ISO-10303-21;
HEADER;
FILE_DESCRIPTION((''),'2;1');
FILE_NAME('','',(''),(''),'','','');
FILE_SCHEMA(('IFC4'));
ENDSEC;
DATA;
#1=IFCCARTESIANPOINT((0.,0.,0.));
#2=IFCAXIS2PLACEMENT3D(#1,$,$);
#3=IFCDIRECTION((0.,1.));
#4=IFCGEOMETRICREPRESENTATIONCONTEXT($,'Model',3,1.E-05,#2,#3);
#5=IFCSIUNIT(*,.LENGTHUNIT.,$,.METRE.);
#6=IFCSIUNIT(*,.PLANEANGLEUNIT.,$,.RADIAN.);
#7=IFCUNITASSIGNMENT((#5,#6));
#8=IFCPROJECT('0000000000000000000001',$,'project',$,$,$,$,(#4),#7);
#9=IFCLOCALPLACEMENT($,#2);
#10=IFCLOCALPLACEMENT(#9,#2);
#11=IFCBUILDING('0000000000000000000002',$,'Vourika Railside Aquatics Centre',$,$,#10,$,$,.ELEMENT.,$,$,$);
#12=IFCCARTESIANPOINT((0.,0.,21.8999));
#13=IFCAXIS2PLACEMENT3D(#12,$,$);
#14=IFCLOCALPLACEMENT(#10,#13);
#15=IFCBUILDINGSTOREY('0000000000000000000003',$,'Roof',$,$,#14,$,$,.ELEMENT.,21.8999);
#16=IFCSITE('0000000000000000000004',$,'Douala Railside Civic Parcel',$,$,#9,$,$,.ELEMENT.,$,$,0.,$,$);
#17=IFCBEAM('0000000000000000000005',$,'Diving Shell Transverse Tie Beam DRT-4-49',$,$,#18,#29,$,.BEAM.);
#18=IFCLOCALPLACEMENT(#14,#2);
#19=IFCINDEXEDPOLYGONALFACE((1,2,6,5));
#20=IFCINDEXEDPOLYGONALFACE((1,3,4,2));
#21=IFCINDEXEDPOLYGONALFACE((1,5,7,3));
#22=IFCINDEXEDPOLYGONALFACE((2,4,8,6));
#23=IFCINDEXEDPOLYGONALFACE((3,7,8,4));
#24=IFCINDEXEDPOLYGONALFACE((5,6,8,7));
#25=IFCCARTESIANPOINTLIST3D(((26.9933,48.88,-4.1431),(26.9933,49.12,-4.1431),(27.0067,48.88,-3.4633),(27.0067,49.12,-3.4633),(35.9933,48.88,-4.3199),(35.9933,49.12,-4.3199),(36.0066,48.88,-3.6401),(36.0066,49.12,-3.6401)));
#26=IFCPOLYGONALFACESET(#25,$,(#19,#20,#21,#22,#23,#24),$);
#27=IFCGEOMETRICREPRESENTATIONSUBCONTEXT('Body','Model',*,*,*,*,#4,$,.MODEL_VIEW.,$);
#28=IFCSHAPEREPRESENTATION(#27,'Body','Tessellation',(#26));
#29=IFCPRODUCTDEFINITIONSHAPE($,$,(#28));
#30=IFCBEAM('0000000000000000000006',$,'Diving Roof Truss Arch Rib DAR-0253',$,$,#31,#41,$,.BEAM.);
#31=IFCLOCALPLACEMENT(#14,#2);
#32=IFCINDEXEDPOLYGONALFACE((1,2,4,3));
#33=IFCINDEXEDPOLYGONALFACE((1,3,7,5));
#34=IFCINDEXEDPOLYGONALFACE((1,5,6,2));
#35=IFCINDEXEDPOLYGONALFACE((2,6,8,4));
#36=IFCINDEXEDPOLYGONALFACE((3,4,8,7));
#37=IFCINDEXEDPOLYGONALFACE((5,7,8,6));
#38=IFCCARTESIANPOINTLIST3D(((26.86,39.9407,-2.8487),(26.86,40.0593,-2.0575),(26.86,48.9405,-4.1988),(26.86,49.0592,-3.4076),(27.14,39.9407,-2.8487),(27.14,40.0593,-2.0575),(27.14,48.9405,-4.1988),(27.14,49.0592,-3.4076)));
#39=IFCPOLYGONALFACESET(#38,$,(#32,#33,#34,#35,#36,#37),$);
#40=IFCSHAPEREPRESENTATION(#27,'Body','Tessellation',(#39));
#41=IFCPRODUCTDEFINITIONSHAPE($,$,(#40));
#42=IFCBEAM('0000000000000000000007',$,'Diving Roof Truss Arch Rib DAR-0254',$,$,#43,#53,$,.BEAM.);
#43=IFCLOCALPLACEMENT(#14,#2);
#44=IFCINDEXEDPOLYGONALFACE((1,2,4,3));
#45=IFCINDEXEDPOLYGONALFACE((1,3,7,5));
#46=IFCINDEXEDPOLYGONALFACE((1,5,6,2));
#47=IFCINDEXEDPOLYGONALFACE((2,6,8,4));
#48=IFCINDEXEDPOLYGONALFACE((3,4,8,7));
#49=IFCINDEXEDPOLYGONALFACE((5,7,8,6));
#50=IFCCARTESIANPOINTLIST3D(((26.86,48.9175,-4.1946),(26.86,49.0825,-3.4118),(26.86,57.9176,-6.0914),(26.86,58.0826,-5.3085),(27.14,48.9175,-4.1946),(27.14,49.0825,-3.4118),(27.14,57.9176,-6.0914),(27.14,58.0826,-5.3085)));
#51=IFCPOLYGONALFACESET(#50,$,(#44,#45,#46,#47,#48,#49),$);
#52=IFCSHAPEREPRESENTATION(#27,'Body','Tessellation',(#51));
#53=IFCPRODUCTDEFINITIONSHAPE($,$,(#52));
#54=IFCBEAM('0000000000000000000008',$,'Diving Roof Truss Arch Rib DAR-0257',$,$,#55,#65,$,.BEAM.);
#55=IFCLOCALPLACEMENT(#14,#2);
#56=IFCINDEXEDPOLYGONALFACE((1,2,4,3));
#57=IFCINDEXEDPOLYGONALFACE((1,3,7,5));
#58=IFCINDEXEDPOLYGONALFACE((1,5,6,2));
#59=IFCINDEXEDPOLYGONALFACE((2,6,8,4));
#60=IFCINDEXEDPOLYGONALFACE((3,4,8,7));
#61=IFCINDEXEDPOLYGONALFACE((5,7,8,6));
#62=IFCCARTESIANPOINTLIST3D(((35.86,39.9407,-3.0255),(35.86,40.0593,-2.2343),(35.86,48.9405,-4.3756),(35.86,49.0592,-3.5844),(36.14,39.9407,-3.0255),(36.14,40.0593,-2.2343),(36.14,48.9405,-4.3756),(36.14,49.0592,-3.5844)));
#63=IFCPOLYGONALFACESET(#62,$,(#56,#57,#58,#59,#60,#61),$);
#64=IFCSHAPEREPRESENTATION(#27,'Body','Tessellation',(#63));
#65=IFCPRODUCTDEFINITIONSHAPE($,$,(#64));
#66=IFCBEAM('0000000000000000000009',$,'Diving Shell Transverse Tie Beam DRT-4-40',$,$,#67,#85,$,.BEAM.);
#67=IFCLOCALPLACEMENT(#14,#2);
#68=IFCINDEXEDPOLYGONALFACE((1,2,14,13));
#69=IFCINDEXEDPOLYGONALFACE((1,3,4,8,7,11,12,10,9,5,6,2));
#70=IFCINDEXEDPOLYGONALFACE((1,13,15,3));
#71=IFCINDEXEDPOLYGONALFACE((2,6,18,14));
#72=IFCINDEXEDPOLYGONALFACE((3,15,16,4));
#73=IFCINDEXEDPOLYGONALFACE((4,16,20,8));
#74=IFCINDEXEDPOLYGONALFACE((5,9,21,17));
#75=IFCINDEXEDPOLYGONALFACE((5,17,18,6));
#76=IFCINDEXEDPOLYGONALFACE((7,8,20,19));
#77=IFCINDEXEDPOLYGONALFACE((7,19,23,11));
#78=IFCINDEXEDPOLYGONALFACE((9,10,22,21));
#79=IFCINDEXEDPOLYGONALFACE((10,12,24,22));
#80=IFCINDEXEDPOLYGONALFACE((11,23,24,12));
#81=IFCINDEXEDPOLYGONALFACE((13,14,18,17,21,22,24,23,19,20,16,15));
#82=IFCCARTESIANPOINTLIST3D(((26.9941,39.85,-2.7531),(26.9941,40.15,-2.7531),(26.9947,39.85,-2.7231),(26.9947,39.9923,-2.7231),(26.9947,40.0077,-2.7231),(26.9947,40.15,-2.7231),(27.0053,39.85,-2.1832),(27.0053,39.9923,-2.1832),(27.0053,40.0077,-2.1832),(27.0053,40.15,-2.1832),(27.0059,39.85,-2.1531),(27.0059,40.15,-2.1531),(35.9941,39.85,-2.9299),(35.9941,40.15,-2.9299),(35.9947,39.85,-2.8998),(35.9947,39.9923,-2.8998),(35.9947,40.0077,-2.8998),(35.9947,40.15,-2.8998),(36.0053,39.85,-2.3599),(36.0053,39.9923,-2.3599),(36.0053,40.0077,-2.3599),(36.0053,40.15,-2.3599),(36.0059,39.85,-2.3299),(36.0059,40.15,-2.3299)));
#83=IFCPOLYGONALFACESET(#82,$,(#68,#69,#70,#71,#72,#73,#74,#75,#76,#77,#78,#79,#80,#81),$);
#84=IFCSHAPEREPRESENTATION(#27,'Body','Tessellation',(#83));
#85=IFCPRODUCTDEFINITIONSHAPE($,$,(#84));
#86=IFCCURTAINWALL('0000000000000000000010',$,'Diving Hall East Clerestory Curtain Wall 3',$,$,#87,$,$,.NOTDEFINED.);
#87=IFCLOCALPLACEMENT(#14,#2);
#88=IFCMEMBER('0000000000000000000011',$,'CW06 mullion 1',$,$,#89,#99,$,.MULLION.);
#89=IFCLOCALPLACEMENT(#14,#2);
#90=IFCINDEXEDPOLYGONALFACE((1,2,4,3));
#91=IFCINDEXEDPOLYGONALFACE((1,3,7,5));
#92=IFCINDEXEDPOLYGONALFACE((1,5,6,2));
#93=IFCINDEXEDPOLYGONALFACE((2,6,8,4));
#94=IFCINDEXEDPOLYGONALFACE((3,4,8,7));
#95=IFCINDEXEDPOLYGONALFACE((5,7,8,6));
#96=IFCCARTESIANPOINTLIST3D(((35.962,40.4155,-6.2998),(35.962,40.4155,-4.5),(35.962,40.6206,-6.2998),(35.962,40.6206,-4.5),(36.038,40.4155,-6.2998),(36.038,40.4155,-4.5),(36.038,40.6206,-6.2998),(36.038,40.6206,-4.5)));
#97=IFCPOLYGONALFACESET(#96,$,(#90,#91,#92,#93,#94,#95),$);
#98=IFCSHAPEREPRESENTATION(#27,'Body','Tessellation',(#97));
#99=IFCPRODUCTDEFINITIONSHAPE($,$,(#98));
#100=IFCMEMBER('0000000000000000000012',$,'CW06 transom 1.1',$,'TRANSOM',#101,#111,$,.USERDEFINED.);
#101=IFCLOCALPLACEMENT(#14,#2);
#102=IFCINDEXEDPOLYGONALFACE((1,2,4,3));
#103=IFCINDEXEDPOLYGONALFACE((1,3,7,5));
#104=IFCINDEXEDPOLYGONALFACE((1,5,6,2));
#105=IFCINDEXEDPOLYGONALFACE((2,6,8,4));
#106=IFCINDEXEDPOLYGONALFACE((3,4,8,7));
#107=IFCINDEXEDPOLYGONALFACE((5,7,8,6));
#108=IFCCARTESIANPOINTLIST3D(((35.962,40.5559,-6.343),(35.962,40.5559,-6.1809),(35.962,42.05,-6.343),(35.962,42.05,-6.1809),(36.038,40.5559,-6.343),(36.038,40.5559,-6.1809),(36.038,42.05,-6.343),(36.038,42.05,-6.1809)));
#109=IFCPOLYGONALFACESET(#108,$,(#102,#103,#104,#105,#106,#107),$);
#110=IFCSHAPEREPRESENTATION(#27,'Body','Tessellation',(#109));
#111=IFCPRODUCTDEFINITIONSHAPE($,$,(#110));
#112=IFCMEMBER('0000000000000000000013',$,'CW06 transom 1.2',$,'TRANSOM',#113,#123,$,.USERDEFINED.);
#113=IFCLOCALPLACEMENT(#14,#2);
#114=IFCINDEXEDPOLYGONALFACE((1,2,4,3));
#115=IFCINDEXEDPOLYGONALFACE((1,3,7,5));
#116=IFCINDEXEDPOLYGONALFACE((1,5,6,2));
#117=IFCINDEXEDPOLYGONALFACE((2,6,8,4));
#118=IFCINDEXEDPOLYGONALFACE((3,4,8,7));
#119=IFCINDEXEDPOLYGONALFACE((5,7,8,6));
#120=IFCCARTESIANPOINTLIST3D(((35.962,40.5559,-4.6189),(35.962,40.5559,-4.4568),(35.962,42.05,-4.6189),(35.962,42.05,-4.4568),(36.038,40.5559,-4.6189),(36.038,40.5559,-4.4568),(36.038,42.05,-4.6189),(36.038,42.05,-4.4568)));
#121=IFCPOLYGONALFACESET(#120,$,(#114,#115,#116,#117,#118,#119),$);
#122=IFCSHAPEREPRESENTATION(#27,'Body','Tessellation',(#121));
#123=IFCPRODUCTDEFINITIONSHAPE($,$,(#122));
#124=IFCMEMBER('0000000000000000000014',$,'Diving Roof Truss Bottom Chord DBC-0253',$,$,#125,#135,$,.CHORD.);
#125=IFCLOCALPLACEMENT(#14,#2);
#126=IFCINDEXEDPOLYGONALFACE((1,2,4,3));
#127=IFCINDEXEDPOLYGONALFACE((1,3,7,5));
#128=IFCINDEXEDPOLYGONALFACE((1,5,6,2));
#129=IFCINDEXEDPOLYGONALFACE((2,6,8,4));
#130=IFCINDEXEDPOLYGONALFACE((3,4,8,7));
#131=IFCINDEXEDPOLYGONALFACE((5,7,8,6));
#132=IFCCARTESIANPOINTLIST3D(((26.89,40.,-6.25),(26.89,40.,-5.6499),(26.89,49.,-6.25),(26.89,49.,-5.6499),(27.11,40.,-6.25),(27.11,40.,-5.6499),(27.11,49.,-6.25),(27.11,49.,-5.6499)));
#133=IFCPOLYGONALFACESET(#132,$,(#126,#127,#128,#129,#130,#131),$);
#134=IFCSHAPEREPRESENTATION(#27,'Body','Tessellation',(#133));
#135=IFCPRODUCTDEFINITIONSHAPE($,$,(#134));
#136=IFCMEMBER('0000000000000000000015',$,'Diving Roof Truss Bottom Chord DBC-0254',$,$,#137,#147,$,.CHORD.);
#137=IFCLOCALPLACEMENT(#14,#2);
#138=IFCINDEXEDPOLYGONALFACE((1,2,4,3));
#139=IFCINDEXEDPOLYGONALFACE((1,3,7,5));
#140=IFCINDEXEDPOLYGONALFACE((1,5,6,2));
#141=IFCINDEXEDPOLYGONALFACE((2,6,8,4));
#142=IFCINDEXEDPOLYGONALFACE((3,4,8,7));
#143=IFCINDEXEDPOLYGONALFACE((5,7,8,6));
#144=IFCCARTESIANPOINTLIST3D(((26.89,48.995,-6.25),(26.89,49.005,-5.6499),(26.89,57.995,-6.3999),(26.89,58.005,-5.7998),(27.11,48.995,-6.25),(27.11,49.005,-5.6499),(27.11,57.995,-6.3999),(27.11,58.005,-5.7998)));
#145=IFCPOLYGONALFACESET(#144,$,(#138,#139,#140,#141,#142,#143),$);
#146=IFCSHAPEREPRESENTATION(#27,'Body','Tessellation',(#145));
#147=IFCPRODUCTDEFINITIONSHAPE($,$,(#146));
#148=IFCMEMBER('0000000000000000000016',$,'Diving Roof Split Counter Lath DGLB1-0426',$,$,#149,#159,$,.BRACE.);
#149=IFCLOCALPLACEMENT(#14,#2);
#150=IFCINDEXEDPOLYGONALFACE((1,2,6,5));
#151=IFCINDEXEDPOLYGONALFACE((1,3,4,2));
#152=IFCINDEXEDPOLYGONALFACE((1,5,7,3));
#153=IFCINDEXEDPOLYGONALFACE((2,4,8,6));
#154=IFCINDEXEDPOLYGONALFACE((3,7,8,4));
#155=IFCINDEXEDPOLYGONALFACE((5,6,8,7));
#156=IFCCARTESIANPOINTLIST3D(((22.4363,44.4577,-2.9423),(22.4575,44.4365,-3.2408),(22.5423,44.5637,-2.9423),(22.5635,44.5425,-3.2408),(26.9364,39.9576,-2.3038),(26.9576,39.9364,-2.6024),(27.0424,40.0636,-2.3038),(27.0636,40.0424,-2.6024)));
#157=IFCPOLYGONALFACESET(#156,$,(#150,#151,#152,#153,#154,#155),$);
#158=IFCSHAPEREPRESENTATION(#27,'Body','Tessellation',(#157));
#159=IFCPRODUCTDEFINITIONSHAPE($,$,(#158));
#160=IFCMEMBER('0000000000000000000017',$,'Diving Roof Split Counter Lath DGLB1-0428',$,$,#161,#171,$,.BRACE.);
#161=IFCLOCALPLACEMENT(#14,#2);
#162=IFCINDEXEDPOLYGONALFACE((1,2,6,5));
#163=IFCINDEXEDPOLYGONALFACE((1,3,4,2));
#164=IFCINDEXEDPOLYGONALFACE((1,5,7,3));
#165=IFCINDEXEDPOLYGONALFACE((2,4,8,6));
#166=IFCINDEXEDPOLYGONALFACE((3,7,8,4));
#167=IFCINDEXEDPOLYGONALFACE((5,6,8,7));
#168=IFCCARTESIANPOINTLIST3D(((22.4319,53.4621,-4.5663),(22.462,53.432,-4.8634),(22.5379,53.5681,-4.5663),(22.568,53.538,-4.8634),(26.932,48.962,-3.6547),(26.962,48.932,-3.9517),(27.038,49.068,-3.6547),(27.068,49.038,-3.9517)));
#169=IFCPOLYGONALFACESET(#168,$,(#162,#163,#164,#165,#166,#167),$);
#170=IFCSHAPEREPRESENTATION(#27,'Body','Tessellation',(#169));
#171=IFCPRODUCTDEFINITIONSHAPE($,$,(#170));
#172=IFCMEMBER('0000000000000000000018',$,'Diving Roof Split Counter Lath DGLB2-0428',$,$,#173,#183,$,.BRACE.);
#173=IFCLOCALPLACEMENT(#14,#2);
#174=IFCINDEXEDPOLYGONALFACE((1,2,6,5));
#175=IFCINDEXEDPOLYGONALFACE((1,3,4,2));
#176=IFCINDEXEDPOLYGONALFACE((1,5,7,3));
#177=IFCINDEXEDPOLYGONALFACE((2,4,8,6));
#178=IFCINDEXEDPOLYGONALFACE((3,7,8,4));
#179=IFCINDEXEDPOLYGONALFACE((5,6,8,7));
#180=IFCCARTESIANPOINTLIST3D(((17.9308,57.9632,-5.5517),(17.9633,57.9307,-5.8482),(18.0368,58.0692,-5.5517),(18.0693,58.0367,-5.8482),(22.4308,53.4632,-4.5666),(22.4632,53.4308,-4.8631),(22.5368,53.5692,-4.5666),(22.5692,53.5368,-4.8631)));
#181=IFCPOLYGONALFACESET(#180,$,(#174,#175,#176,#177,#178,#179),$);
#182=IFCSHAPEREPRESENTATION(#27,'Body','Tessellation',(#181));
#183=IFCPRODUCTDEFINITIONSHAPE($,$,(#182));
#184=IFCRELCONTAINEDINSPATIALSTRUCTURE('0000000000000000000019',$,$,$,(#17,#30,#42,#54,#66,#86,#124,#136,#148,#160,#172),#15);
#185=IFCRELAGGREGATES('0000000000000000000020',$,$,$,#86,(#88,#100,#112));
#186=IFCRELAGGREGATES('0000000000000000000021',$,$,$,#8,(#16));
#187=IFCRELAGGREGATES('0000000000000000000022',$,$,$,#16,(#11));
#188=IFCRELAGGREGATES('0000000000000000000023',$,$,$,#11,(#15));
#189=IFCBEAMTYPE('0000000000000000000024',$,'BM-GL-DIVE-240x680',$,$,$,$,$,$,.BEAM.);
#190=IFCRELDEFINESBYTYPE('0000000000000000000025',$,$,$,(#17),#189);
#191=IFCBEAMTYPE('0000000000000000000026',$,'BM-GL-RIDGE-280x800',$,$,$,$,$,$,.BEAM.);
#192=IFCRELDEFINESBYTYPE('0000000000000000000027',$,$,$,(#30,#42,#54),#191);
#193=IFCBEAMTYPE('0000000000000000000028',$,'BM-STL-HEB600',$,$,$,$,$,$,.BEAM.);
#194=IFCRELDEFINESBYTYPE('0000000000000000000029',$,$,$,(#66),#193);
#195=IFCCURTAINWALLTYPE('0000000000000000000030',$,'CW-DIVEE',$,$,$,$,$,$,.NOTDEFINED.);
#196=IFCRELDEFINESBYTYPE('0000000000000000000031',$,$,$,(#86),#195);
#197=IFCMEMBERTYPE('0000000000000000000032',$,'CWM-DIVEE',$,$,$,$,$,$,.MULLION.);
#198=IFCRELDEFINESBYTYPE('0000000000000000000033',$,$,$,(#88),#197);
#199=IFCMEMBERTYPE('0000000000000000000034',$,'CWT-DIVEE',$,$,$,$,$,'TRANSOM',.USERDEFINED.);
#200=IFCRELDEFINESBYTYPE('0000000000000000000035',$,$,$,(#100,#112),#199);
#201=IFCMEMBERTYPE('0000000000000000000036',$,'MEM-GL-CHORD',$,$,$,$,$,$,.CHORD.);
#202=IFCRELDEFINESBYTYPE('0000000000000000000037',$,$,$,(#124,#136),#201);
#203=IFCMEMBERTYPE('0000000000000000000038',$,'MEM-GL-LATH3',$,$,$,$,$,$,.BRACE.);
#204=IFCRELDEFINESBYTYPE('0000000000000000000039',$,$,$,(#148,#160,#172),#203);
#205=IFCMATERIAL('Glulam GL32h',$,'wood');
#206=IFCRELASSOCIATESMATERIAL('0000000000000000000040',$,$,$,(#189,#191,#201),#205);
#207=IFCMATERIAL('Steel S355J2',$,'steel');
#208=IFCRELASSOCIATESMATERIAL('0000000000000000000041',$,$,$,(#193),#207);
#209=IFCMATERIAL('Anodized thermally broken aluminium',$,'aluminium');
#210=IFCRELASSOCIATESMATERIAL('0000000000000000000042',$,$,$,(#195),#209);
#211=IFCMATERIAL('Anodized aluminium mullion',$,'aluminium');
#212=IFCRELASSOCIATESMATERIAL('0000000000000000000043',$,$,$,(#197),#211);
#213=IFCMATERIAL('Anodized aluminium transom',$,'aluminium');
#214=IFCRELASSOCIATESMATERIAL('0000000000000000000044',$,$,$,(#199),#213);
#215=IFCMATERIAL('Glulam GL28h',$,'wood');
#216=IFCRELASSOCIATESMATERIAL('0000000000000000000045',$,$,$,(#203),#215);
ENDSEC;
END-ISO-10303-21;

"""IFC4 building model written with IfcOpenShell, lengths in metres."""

from ifc_helpers import new_model, si_unit, direction, frame, origin, origin_2d, place, context, subcontext, project, spatial, rectangle, i_section, extrude, material, material_profile, profile_set, type_object, element, aggregate, save


model = new_model("IFC4")

# Units and contexts
model_context = context("Model", 3, precision=1e-05, world=origin(), true_north=direction((0.0, 1.0)))
body_context = subcontext(model_context, "Body", "Model", "MODEL_VIEW")
ifc_project = project(units=[si_unit("LENGTHUNIT", "METRE"), si_unit("PLANEANGLEUNIT", "RADIAN")], contexts=[model_context])

# Site, building, storey
site_placement = place(None, origin())
site = spatial("IfcSite", under=ifc_project, at=site_placement, Name="Douala Railside Civic Parcel", CompositionType="ELEMENT", RefElevation=0.0)
building_placement = place(site_placement, origin())
building = spatial("IfcBuilding", under=site, at=building_placement, Name="Vourika Railside Aquatics Centre", CompositionType="ELEMENT")
storey_placement = place(building_placement, frame((0.0, 0.0, 21.8999)))
storey = spatial("IfcBuildingStorey", under=building, at=storey_placement, Name="Roof", CompositionType="ELEMENT", Elevation=21.8999)

# Beams
ifc_material_1 = material(Name="Glulam GL32h", Category="wood")
ifc_material_profile_1 = material_profile(ifc_material_1, rectangle(XDim=0.24, YDim=0.6799, at=origin_2d()), Name="GL32h 240x680")
ifc_profile_set_1 = profile_set([ifc_material_profile_1], Name="Glulam GL32h")
beam_type_1 = type_object("IfcBeamType", Name="BM-GL-DIVE-240x680", PredefinedType="BEAM", material=ifc_profile_set_1)
beam_1_placement = place(storey_placement, frame((27.0, 49.0, -3.8032), z_axis=(0.999807, 0.0, -0.019636), x_axis=(0.0, 1.0, 0.0)))
element("IfcBeam", 1, at=beam_1_placement, inside=storey, type_object=beam_type_1, Name="Diving Shell Transverse Tie Beam DRT-4-49", PredefinedType="BEAM", context=body_context, shape_type="SweptSolid", body=[
    extrude(rectangle(XDim=0.24, YDim=0.6799, at=origin_2d()), origin(), (0.0, 0.0, 1.0), 9.0017),
])
ifc_material_profile_2 = material_profile(ifc_material_1, rectangle(XDim=0.28, YDim=0.8, at=origin_2d()), Name="GL32h 280x800")
ifc_profile_set_2 = profile_set([ifc_material_profile_2], Name="Glulam GL32h")
beam_type_2 = type_object("IfcBeamType", Name="BM-GL-RIDGE-280x800", PredefinedType="BEAM", material=ifc_profile_set_2)
beam_2_placement = place(storey_placement, frame((27.0, 40.0, -2.4531), z_axis=(0.0, 0.988935, -0.148351), x_axis=(-1.0, 0.0, 0.0)))
element("IfcBeam", 2, at=beam_2_placement, inside=storey, type_object=beam_type_2, Name="Diving Roof Truss Arch Rib DAR-0253", PredefinedType="BEAM", context=body_context, shape_type="SweptSolid", body=[
    extrude(rectangle(XDim=0.28, YDim=0.8, at=origin_2d()), origin(), (0.0, 0.0, 1.0), 9.1006),
])
beam_3_placement = place(storey_placement, frame((27.0, 49.0, -3.8032), z_axis=(0.0, 0.978506, -0.206218), x_axis=(-1.0, 0.0, 0.0)))
element("IfcBeam", 3, at=beam_3_placement, inside=storey, type_object=beam_type_2, Name="Diving Roof Truss Arch Rib DAR-0254", PredefinedType="BEAM", context=body_context, shape_type="SweptSolid", body=[
    extrude(rectangle(XDim=0.28, YDim=0.8, at=origin_2d()), origin(), (0.0, 0.0, 1.0), 9.1978),
])
beam_4_placement = place(storey_placement, frame((36.0, 40.0, -2.6299), z_axis=(0.0, 0.988935, -0.148351), x_axis=(-1.0, 0.0, 0.0)))
element("IfcBeam", 4, at=beam_4_placement, inside=storey, type_object=beam_type_2, Name="Diving Roof Truss Arch Rib DAR-0257", PredefinedType="BEAM", context=body_context, shape_type="SweptSolid", body=[
    extrude(rectangle(XDim=0.28, YDim=0.8, at=origin_2d()), origin(), (0.0, 0.0, 1.0), 9.1006),
])
ifc_material_2 = material(Name="Steel S355J2", Category="steel")
ifc_material_profile_3 = material_profile(ifc_material_2, i_section(OverallWidth=0.3, OverallDepth=0.6001, WebThickness=0.0154, FlangeThickness=0.03, at=origin_2d()), Name="HEB 600")
ifc_profile_set_3 = profile_set([ifc_material_profile_3], Name="Steel S355J2")
beam_type_3 = type_object("IfcBeamType", Name="BM-STL-HEB600", PredefinedType="BEAM", material=ifc_profile_set_3)
beam_5_placement = place(storey_placement, frame((27.0, 40.0, -2.4531), z_axis=(0.999807, 0.0, -0.019636), x_axis=(0.0, 1.0, 0.0)))
element("IfcBeam", 5, at=beam_5_placement, inside=storey, type_object=beam_type_3, Name="Diving Shell Transverse Tie Beam DRT-4-40", PredefinedType="BEAM", context=body_context, shape_type="SweptSolid", body=[
    extrude(i_section(OverallWidth=0.3, OverallDepth=0.6001, WebThickness=0.0154, FlangeThickness=0.03, at=origin_2d()), origin(), (0.0, 0.0, 1.0), 9.0017),
])

# Curtain wall, members
ifc_material_3 = material(Name="Anodized thermally broken aluminium", Category="aluminium")
curtain_wall_type = type_object("IfcCurtainWallType", Name="CW-DIVEE", PredefinedType="NOTDEFINED", material=ifc_material_3)
curtain_wall_placement = place(storey_placement, origin())
curtain_wall = element("IfcCurtainWall", 6, at=curtain_wall_placement, inside=storey, type_object=curtain_wall_type, Name="Diving Hall East Clerestory Curtain Wall 3", PredefinedType="NOTDEFINED")
ifc_material_4 = material(Name="Anodized aluminium mullion", Category="aluminium")
ifc_material_profile_4 = material_profile(ifc_material_4, rectangle(XDim=0.0759, YDim=0.2051, at=origin_2d()), Name="ALU-M 76x205")
ifc_profile_set_4 = profile_set([ifc_material_profile_4], Name="Anodized aluminium mullion")
member_type_1 = type_object("IfcMemberType", Name="CWM-DIVEE", PredefinedType="MULLION", material=ifc_profile_set_4)
member_1_placement = place(storey_placement, frame((36.0, 40.5181, -6.2998), z_axis=(0.0, 0.0, 1.0), x_axis=(-1.0, 0.0, 0.0)))
member_1 = element("IfcMember", 7, at=member_1_placement, type_object=member_type_1, Name="CW06 mullion 1", PredefinedType="MULLION", context=body_context, shape_type="SweptSolid", body=[
    extrude(rectangle(XDim=0.0759, YDim=0.2051, at=origin_2d()), origin(), (0.0, 0.0, 1.0), 1.7998),
])
ifc_material_5 = material(Name="Anodized aluminium transom", Category="aluminium")
ifc_material_profile_5 = material_profile(ifc_material_5, rectangle(XDim=0.0759, YDim=0.1621, at=origin_2d()), Name="ALU-T 76x162")
ifc_profile_set_5 = profile_set([ifc_material_profile_5], Name="Anodized aluminium transom")
member_type_2 = type_object("IfcMemberType", Name="CWT-DIVEE", ElementType="TRANSOM", PredefinedType="USERDEFINED", material=ifc_profile_set_5)
member_2_placement = place(storey_placement, frame((36.0, 40.5559, -6.262), z_axis=(0.0, 1.0, 0.0), x_axis=(-1.0, 0.0, 0.0)))
member_2 = element("IfcMember", 8, at=member_2_placement, type_object=member_type_2, Name="CW06 transom 1.1", ObjectType="TRANSOM", PredefinedType="USERDEFINED", context=body_context, shape_type="SweptSolid", body=[
    extrude(rectangle(XDim=0.0759, YDim=0.1621, at=origin_2d()), origin(), (0.0, 0.0, 1.0), 1.4941),
])
member_3_placement = place(storey_placement, frame((36.0, 40.5559, -4.5378), z_axis=(0.0, 1.0, 0.0), x_axis=(-1.0, 0.0, 0.0)))
member_3 = element("IfcMember", 9, at=member_3_placement, type_object=member_type_2, Name="CW06 transom 1.2", ObjectType="TRANSOM", PredefinedType="USERDEFINED", context=body_context, shape_type="SweptSolid", body=[
    extrude(rectangle(XDim=0.0759, YDim=0.1621, at=origin_2d()), origin(), (0.0, 0.0, 1.0), 1.4941),
])

# Members
ifc_material_profile_6 = material_profile(ifc_material_1, rectangle(XDim=0.22, YDim=0.6001, at=origin_2d()), Name="GL32h 220x600")
ifc_profile_set_6 = profile_set([ifc_material_profile_6], Name="Glulam GL32h")
member_type_3 = type_object("IfcMemberType", Name="MEM-GL-CHORD", PredefinedType="CHORD", material=ifc_profile_set_6)
member_4_placement = place(storey_placement, frame((27.0, 40.0, -5.95), z_axis=(0.0, 1.0, 0.0), x_axis=(-1.0, 0.0, 0.0)))
element("IfcMember", 10, at=member_4_placement, inside=storey, type_object=member_type_3, Name="Diving Roof Truss Bottom Chord DBC-0253", PredefinedType="CHORD", context=body_context, shape_type="SweptSolid", body=[
    extrude(rectangle(XDim=0.22, YDim=0.6001, at=origin_2d()), origin(), (0.0, 0.0, 1.0), 9.0),
])
member_5_placement = place(storey_placement, frame((27.0, 49.0, -5.95), z_axis=(0.0, 0.999861, -0.016654), x_axis=(-1.0, 0.0, 0.0)))
element("IfcMember", 11, at=member_5_placement, inside=storey, type_object=member_type_3, Name="Diving Roof Truss Bottom Chord DBC-0254", PredefinedType="CHORD", context=body_context, shape_type="SweptSolid", body=[
    extrude(rectangle(XDim=0.22, YDim=0.6001, at=origin_2d()), origin(), (0.0, 0.0, 1.0), 9.0012),
])
ifc_material_6 = material(Name="Glulam GL28h", Category="wood")
ifc_material_profile_7 = material_profile(ifc_material_6, rectangle(XDim=0.1499, YDim=0.3, at=origin_2d()), Name="GL28h 150x300")
ifc_profile_set_7 = profile_set([ifc_material_profile_7], Name="Glulam GL28h")
member_type_4 = type_object("IfcMemberType", Name="MEM-GL-LATH3", PredefinedType="BRACE", material=ifc_profile_set_7)
member_6_placement = place(storey_placement, frame((27.0, 40.0, -2.4531), z_axis=(-0.703575, 0.703575, -0.099818), x_axis=(-0.707107, -0.707107, 0.0)))
element("IfcMember", 12, at=member_6_placement, inside=storey, type_object=member_type_4, Name="Diving Roof Split Counter Lath DGLB1-0426", PredefinedType="BRACE", context=body_context, shape_type="SweptSolid", body=[
    extrude(rectangle(XDim=0.1499, YDim=0.3, at=origin_2d()), origin(), (0.0, 0.0, 1.0), 6.396),
])
member_7_placement = place(storey_placement, frame((27.0, 49.0, -3.8032), z_axis=(-0.699962, 0.699962, -0.1418), x_axis=(-0.707107, -0.707107, 0.0)))
element("IfcMember", 13, at=member_7_placement, inside=storey, type_object=member_type_4, Name="Diving Roof Split Counter Lath DGLB1-0428", PredefinedType="BRACE", context=body_context, shape_type="SweptSolid", body=[
    extrude(rectangle(XDim=0.1499, YDim=0.3, at=origin_2d()), origin(), (0.0, 0.0, 1.0), 6.429),
])
member_8_placement = place(storey_placement, frame((22.5, 53.5, -4.7148), z_axis=(-0.698784, 0.698784, -0.152973), x_axis=(-0.707107, -0.707107, 0.0)))
element("IfcMember", 14, at=member_8_placement, inside=storey, type_object=member_type_4, Name="Diving Roof Split Counter Lath DGLB2-0428", PredefinedType="BRACE", context=body_context, shape_type="SweptSolid", body=[
    extrude(rectangle(XDim=0.1499, YDim=0.3, at=origin_2d()), origin(), (0.0, 0.0, 1.0), 6.4397),
])

aggregate(curtain_wall, [member_1, member_2, member_3])

save(model, "model.ifc")
